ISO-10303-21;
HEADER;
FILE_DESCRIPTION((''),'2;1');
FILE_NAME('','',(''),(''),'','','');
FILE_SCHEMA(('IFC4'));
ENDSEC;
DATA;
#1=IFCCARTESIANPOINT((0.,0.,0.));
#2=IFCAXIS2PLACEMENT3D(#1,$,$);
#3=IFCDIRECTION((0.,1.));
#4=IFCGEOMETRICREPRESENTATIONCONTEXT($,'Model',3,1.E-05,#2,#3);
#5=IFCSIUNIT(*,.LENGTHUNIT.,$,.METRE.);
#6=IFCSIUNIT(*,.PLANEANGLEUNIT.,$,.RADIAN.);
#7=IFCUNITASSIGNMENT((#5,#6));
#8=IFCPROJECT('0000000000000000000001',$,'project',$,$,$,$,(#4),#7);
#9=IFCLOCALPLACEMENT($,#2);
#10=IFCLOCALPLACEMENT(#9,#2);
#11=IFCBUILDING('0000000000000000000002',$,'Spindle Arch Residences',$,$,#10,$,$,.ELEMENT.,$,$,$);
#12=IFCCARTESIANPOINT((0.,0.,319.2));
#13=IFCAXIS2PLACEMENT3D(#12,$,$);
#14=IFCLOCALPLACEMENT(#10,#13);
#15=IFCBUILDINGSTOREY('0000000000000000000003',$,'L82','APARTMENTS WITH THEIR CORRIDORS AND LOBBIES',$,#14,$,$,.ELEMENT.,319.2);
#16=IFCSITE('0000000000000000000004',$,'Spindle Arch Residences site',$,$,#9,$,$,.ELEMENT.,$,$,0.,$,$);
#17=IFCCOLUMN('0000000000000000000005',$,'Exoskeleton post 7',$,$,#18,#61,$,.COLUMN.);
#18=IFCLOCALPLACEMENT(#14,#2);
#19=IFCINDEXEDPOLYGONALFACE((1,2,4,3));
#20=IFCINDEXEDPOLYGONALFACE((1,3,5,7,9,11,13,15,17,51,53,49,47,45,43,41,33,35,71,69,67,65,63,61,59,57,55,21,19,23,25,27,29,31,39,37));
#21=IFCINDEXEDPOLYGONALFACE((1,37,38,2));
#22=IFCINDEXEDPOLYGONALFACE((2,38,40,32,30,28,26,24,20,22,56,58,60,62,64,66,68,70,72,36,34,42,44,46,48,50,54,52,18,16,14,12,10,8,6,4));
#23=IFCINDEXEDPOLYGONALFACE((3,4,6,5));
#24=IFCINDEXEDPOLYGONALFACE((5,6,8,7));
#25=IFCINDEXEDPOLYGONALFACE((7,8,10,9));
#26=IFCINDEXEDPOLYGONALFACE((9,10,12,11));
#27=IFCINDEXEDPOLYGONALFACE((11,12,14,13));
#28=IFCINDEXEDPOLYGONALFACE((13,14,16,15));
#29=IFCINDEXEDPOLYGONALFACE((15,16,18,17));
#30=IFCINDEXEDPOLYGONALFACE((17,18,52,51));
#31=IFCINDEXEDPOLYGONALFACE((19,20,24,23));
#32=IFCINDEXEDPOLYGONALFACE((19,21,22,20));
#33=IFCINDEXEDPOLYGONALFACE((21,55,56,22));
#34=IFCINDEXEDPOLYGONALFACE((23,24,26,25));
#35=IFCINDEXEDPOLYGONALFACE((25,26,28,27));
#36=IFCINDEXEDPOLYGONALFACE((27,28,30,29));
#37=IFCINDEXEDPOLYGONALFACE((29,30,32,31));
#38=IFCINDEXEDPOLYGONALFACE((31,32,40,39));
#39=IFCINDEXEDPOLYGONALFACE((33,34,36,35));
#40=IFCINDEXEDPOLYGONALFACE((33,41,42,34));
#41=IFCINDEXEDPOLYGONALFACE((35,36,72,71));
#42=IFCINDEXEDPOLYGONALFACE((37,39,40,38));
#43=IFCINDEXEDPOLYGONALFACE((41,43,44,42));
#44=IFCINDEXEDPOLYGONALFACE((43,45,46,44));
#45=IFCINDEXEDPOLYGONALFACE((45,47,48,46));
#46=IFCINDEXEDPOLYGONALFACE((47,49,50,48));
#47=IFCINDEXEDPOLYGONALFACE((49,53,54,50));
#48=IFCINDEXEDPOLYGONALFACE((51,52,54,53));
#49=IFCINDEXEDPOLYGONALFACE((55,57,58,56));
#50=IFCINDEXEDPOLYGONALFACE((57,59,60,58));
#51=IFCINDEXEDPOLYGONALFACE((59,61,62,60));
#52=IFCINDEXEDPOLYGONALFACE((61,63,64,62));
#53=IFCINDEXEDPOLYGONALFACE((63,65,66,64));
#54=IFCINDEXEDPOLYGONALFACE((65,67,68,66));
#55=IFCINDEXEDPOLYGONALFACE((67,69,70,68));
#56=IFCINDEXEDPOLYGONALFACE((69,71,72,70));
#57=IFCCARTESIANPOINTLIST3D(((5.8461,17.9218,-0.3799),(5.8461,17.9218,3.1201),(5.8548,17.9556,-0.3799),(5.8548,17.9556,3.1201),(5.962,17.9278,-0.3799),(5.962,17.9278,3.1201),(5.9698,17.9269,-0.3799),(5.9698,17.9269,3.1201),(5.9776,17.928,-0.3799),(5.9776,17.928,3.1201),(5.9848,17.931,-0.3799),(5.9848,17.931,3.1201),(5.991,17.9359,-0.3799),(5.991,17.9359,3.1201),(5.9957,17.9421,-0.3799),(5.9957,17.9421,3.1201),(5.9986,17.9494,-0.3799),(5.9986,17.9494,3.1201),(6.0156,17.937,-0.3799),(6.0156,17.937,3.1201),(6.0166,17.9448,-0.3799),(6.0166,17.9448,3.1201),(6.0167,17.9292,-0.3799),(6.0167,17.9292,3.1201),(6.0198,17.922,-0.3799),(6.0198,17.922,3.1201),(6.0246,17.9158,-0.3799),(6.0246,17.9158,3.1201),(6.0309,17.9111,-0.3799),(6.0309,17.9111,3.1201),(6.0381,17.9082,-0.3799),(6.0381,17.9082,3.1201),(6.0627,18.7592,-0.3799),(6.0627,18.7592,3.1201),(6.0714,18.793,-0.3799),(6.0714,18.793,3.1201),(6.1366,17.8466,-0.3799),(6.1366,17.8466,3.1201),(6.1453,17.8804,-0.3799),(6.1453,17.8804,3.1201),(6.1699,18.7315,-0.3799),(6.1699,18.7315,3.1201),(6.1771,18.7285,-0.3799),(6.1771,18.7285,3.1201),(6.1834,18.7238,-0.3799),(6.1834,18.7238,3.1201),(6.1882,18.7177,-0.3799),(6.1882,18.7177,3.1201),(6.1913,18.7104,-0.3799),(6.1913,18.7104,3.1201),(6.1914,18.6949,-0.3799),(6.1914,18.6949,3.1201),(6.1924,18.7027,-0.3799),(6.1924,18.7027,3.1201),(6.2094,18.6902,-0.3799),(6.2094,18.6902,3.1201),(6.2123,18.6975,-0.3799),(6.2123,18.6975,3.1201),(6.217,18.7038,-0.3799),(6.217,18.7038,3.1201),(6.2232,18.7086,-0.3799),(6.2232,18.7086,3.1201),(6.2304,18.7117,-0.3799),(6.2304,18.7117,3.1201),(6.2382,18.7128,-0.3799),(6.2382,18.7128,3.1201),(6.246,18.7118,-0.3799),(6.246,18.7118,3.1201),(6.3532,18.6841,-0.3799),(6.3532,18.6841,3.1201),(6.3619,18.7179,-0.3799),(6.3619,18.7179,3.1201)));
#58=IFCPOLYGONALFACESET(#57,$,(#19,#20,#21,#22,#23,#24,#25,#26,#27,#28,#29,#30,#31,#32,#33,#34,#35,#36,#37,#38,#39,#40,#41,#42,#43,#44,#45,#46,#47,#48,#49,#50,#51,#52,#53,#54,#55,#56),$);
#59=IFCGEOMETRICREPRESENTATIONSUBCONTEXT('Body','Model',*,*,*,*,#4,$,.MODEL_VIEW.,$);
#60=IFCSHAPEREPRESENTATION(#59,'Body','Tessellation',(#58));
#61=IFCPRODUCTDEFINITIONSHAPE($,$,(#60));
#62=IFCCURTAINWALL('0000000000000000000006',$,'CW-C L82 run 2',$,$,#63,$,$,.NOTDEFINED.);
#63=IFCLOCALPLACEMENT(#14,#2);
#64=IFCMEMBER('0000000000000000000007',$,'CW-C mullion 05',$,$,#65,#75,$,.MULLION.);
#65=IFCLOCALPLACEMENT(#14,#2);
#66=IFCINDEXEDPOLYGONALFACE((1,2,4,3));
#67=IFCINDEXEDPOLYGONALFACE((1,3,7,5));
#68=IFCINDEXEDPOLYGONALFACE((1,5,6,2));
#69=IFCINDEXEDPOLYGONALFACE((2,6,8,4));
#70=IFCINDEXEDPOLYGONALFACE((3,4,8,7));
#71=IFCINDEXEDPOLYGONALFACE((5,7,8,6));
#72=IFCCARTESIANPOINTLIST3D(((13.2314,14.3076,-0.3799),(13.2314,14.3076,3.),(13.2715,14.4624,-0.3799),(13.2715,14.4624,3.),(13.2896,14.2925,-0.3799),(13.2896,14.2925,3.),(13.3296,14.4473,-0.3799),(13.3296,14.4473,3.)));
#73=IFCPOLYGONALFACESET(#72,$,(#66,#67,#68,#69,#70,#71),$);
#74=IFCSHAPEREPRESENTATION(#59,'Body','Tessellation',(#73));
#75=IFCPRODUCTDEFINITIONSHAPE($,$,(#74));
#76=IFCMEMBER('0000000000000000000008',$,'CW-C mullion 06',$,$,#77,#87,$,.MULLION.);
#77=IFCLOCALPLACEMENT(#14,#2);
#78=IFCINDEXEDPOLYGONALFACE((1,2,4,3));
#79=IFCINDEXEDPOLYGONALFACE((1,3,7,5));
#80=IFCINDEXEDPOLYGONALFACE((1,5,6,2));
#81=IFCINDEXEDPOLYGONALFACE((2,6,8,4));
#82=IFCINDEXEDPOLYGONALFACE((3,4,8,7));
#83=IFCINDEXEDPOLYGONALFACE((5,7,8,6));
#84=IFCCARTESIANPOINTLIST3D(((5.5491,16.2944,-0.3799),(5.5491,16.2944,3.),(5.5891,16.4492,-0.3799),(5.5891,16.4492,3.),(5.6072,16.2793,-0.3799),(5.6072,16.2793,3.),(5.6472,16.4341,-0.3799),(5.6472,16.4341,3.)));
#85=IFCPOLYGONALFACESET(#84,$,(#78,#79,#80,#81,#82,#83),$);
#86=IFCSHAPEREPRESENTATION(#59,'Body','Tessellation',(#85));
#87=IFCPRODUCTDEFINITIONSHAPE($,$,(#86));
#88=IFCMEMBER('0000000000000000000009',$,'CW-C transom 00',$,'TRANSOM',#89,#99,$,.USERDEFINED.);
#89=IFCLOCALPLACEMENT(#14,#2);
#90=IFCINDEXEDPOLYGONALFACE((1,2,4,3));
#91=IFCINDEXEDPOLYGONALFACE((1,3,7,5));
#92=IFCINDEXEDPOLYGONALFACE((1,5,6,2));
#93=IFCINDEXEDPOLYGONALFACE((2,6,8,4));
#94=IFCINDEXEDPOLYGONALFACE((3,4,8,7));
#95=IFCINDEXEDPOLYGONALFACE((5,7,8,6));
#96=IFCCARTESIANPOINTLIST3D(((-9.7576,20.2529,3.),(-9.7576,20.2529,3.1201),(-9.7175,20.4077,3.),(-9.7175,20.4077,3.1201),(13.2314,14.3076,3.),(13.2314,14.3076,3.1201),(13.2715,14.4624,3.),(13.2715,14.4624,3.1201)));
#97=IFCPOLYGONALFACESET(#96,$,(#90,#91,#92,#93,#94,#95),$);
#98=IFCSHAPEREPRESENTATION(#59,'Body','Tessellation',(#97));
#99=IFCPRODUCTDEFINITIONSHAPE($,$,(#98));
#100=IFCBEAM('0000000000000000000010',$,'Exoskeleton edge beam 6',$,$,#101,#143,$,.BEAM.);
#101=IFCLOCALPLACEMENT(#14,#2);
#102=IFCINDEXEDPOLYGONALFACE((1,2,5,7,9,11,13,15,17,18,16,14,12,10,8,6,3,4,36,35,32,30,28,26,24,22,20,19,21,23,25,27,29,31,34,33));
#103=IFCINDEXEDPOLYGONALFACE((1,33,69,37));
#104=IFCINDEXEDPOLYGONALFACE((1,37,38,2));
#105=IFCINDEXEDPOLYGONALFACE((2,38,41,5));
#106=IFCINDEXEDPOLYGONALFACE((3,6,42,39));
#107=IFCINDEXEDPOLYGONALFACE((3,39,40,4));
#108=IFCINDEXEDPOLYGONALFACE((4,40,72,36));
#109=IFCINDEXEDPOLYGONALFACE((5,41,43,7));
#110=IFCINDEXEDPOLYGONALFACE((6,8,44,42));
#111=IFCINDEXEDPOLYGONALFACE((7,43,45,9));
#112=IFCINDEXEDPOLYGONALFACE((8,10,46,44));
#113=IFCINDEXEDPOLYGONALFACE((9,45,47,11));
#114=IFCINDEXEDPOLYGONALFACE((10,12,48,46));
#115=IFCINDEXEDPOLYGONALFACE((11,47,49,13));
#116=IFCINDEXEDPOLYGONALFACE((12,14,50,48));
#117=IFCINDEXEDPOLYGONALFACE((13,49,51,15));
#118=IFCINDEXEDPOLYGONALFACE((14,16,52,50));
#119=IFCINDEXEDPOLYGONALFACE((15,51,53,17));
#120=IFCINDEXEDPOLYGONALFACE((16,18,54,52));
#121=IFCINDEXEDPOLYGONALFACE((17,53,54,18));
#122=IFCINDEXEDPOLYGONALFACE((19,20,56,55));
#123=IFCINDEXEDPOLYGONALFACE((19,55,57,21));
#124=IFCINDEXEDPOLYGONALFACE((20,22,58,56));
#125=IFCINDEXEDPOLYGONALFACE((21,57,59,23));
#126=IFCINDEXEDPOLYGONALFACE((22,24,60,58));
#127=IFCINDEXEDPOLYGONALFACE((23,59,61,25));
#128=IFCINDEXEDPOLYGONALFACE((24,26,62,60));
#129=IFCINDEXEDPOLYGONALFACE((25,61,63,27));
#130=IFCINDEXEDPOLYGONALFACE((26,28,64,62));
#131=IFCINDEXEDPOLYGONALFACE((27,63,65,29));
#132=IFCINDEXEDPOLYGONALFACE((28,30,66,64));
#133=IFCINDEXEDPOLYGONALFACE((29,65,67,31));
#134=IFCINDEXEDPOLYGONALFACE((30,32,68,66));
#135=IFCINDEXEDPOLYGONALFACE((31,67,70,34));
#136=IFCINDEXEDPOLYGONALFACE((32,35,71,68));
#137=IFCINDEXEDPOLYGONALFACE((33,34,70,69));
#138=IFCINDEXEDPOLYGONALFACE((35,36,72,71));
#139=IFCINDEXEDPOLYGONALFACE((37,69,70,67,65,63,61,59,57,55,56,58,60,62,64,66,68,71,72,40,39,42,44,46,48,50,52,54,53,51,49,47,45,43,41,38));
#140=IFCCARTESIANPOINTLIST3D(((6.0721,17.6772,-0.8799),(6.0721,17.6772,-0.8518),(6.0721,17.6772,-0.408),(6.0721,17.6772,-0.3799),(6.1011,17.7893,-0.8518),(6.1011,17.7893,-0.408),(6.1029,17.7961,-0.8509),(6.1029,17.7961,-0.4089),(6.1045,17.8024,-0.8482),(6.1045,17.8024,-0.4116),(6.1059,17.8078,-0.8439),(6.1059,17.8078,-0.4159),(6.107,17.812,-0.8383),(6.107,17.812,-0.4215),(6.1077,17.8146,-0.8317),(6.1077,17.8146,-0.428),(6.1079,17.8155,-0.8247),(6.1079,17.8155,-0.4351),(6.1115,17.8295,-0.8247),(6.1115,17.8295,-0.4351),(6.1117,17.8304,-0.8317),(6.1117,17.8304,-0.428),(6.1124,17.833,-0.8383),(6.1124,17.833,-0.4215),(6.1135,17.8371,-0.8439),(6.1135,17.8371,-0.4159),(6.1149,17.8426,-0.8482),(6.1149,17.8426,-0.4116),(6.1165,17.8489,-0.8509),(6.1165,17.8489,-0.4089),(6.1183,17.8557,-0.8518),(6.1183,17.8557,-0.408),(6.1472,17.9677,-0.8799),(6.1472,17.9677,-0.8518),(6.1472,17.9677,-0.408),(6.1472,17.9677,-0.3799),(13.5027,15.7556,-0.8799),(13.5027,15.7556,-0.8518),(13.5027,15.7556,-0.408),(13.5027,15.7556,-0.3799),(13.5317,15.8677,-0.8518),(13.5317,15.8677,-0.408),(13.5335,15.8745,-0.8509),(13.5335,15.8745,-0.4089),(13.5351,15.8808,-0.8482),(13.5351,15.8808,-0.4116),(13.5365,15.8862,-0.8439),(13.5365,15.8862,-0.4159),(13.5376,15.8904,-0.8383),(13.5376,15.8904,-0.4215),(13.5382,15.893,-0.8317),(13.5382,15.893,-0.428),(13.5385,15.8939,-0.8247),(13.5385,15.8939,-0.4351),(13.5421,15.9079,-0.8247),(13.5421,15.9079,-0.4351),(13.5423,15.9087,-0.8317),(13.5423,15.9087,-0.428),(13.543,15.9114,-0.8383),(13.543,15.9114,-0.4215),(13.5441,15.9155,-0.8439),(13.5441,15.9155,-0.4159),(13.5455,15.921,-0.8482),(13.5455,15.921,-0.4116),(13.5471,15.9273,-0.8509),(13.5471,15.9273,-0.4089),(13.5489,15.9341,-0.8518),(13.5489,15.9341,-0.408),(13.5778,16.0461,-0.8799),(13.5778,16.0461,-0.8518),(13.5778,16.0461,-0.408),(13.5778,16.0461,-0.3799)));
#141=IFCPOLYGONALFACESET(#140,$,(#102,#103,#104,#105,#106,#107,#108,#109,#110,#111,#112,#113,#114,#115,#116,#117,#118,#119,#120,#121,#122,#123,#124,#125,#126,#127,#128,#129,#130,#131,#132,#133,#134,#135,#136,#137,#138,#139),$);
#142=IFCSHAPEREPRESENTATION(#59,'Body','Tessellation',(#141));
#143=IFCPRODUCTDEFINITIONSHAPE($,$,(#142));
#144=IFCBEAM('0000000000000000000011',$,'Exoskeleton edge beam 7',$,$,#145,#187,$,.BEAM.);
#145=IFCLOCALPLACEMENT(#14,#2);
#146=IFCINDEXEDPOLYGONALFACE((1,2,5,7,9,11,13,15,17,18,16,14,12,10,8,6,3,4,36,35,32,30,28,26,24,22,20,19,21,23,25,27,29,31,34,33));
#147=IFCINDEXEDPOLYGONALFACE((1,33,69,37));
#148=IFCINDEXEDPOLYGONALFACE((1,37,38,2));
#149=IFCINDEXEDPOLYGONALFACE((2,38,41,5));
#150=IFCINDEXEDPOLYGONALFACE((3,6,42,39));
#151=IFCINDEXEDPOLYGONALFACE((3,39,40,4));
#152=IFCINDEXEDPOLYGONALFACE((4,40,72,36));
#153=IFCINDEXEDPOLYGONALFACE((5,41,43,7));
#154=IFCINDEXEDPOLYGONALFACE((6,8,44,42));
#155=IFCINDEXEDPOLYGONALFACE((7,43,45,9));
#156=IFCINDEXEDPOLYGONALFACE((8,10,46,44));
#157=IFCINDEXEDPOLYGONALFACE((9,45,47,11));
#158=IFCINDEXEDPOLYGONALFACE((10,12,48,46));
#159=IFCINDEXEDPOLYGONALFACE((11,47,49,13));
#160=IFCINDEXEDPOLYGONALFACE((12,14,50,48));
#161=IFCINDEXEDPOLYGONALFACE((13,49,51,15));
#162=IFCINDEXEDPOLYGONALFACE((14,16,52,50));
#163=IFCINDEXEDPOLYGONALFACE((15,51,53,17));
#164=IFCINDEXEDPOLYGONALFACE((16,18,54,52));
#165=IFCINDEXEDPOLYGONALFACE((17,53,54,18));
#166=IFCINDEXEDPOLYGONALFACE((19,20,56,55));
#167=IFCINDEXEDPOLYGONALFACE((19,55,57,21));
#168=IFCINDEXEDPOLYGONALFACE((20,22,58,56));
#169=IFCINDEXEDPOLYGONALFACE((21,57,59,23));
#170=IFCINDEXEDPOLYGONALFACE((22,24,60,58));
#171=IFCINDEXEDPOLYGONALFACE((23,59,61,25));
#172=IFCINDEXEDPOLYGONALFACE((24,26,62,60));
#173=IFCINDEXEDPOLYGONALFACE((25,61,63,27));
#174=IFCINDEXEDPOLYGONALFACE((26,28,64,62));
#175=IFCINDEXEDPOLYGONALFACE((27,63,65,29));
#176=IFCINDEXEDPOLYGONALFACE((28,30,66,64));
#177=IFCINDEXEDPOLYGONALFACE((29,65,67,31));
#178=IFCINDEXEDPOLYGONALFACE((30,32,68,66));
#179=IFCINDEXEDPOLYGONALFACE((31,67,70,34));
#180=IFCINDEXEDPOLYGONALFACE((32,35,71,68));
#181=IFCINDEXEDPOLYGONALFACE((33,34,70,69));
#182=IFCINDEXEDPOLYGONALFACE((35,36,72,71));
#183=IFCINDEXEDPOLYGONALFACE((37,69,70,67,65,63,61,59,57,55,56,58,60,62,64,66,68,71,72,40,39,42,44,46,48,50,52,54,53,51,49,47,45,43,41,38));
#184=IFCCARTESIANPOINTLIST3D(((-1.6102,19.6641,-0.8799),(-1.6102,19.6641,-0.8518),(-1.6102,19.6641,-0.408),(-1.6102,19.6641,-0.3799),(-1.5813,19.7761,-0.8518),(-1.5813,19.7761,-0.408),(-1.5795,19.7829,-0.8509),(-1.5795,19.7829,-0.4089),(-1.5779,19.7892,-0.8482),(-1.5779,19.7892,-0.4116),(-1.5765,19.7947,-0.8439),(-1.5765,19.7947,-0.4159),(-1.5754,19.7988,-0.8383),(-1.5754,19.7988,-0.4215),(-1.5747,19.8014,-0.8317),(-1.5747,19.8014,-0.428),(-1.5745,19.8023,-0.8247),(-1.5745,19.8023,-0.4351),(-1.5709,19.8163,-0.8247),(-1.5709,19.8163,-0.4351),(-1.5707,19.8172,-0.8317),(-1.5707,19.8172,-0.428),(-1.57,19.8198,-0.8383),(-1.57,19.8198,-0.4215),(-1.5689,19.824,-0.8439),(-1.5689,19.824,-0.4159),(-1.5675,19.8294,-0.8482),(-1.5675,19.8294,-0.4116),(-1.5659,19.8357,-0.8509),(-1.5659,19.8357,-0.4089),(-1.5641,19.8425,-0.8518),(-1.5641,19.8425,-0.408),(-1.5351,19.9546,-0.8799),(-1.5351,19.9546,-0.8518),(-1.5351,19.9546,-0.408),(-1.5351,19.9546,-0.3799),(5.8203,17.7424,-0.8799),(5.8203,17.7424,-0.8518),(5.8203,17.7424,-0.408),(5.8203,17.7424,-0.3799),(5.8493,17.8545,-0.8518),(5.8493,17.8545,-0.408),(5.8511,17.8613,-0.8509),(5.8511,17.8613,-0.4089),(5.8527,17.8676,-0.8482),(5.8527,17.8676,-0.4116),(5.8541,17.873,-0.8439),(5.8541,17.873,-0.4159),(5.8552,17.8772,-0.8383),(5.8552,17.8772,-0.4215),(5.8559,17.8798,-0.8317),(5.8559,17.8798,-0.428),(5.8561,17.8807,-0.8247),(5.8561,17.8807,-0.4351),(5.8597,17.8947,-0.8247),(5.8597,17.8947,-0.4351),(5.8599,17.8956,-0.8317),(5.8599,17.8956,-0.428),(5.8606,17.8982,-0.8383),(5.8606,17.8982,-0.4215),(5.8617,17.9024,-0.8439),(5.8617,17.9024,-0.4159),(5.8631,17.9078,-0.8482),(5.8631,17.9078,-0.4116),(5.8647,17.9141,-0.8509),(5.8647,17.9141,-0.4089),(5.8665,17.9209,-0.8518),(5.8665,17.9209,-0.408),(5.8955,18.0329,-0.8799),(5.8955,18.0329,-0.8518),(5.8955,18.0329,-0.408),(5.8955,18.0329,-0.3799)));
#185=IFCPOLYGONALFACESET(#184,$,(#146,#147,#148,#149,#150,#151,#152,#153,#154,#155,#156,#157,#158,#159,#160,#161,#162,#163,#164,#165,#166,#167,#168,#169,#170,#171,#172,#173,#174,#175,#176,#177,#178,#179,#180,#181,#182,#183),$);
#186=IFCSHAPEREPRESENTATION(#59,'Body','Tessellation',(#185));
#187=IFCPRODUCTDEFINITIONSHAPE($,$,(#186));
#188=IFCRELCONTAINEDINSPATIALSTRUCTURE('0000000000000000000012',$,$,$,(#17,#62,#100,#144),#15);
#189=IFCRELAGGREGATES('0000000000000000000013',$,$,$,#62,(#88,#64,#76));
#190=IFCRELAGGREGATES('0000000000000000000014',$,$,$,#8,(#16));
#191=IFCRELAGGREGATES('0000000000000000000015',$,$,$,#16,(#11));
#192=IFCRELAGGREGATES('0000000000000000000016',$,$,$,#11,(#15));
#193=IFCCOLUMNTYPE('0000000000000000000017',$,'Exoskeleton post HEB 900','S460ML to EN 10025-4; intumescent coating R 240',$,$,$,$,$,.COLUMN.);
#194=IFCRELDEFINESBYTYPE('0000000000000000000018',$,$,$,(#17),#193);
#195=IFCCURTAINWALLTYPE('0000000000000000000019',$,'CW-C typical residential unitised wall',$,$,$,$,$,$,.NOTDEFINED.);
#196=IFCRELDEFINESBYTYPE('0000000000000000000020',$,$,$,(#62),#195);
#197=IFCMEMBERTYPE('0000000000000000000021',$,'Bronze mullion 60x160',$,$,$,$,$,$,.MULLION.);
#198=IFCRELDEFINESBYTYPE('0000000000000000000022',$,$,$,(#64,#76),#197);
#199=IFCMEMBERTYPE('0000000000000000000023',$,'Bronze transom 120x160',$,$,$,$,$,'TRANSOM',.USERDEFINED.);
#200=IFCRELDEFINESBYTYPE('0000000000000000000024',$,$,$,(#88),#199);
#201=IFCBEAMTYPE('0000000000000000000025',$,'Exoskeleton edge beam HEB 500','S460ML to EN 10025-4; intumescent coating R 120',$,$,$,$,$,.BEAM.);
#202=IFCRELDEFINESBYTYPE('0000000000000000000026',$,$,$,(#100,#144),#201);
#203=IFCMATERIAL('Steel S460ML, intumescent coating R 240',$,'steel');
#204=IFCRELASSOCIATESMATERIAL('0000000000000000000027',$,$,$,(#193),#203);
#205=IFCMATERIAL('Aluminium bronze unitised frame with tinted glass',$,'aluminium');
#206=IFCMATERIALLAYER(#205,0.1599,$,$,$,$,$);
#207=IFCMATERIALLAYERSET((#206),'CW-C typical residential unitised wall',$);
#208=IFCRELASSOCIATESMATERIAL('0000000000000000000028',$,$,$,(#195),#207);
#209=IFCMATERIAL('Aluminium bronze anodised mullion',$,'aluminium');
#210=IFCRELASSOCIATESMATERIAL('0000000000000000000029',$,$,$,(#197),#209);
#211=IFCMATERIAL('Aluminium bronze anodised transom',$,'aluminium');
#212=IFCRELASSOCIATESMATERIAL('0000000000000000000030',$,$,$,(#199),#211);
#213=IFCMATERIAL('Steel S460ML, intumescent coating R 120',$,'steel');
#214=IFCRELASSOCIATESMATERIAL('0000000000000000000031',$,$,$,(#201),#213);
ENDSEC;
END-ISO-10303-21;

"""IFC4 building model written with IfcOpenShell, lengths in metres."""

from ifc_helpers import new_model, si_unit, direction, frame, origin, origin_2d, place, context, subcontext, project, spatial, rectangle, i_section, extrude, material, layer, layer_set, material_profile, profile_set, type_object, element, aggregate, save


model = new_model("IFC4")

# Units and contexts
model_context = context("Model", 3, precision=1e-05, world=origin(), true_north=direction((0.0, 1.0)))
body_context = subcontext(model_context, "Body", "Model", "MODEL_VIEW")
ifc_project = project(units=[si_unit("LENGTHUNIT", "METRE"), si_unit("PLANEANGLEUNIT", "RADIAN")], contexts=[model_context])

# Site, building, storey
site_placement = place(None, origin())
site = spatial("IfcSite", under=ifc_project, at=site_placement, Name="Spindle Arch Residences site", CompositionType="ELEMENT", RefElevation=0.0)
building_placement = place(site_placement, origin())
building = spatial("IfcBuilding", under=site, at=building_placement, Name="Spindle Arch Residences", CompositionType="ELEMENT")
storey_placement = place(building_placement, frame((0.0, 0.0, 319.2)))
storey = spatial("IfcBuildingStorey", under=building, at=storey_placement, Name="L82", Description="APARTMENTS WITH THEIR CORRIDORS AND LOBBIES", CompositionType="ELEMENT", Elevation=319.2)

# Column
ifc_material_1 = material(Name="Steel S460ML, intumescent coating R 240", Category="steel")
ifc_material_profile_1 = material_profile(ifc_material_1, i_section(OverallWidth=0.3, OverallDepth=0.8999, WebThickness=0.0186, FlangeThickness=0.0349, FilletRadius=0.03, at=origin_2d()), Name="HEB 900")
ifc_profile_set_1 = profile_set([ifc_material_profile_1], Name="Steel S460ML, intumescent coating R 240")
column_type = type_object("IfcColumnType", Name="Exoskeleton post HEB 900", Description="S460ML to EN 10025-4; intumescent coating R 240", PredefinedType="COLUMN", material=ifc_profile_set_1)
column_placement = place(storey_placement, frame((6.104, 18.3198, -0.3799), z_axis=(0.0, 0.0, 1.0), x_axis=(0.968148, -0.25038, 0.0)))
element("IfcColumn", 1, at=column_placement, inside=storey, type_object=column_type, Name="Exoskeleton post 7", PredefinedType="COLUMN", context=body_context, shape_type="SweptSolid", body=[
    extrude(i_section(OverallWidth=0.3, OverallDepth=0.8999, WebThickness=0.0186, FlangeThickness=0.0349, FilletRadius=0.03, at=origin_2d()), origin(), (0.0, 0.0, 1.0), 3.5),
])

# Curtain wall, members
ifc_material_2 = material(Name="Aluminium bronze unitised frame with tinted glass", Category="aluminium")
ifc_layer_1 = layer(ifc_material_2, 0.1599)
ifc_layer_set_1 = layer_set([ifc_layer_1], Name="CW-C typical residential unitised wall")
curtain_wall_type = type_object("IfcCurtainWallType", Name="CW-C typical residential unitised wall", PredefinedType="NOTDEFINED", material=ifc_layer_set_1)
curtain_wall_placement = place(storey_placement, origin())
curtain_wall = element("IfcCurtainWall", 2, at=curtain_wall_placement, inside=storey, type_object=curtain_wall_type, Name="CW-C L82 run 2", PredefinedType="NOTDEFINED")
ifc_material_3 = material(Name="Aluminium bronze anodised mullion", Category="aluminium")
ifc_material_profile_2 = material_profile(ifc_material_3, rectangle(XDim=0.1599, YDim=0.0601, at=origin_2d()), Name="MU 60x160")
ifc_profile_set_2 = profile_set([ifc_material_profile_2], Name="Aluminium bronze anodised mullion")
member_type_1 = type_object("IfcMemberType", Name="Bronze mullion 60x160", PredefinedType="MULLION", material=ifc_profile_set_2)
member_1_placement = place(storey_placement, frame((13.2805, 14.3774, -0.3799), z_axis=(0.0, 0.0, 1.0), x_axis=(-0.25038, -0.968148, 0.0)))
member_1 = element("IfcMember", 3, at=member_1_placement, type_object=member_type_1, Name="CW-C mullion 05", PredefinedType="MULLION", context=body_context, shape_type="SweptSolid", body=[
    extrude(rectangle(XDim=0.1599, YDim=0.0601, at=origin_2d()), origin(), (0.0, 0.0, 1.0), 3.3799),
])
member_2_placement = place(storey_placement, frame((5.5981, 16.3643, -0.3799), z_axis=(0.0, 0.0, 1.0), x_axis=(-0.25038, -0.968148, 0.0)))
member_2 = element("IfcMember", 4, at=member_2_placement, type_object=member_type_1, Name="CW-C mullion 06", PredefinedType="MULLION", context=body_context, shape_type="SweptSolid", body=[
    extrude(rectangle(XDim=0.1599, YDim=0.0601, at=origin_2d()), origin(), (0.0, 0.0, 1.0), 3.3799),
])
ifc_material_4 = material(Name="Aluminium bronze anodised transom", Category="aluminium")
ifc_material_profile_3 = material_profile(ifc_material_4, rectangle(XDim=0.1599, YDim=0.1201, at=origin_2d()), Name="TR 120x160")
ifc_profile_set_3 = profile_set([ifc_material_profile_3], Name="Aluminium bronze anodised transom")
member_type_2 = type_object("IfcMemberType", Name="Bronze transom 120x160", ElementType="TRANSOM", PredefinedType="USERDEFINED", material=ifc_profile_set_3)
member_3_placement = place(storey_placement, frame((13.2515, 14.385, 3.0601), z_axis=(-0.968148, 0.250378, 0.0), x_axis=(-0.250378, -0.968148, 0.0)))
member_3 = element("IfcMember", 5, at=member_3_placement, type_object=member_type_2, Name="CW-C transom 00", ObjectType="TRANSOM", PredefinedType="USERDEFINED", context=body_context, shape_type="SweptSolid", body=[
    extrude(rectangle(XDim=0.1599, YDim=0.1201, at=origin_2d()), origin(), (0.0, 0.0, 1.0), 23.7454),
])

# Beams
ifc_material_5 = material(Name="Steel S460ML, intumescent coating R 120", Category="steel")
ifc_material_profile_4 = material_profile(ifc_material_5, i_section(OverallWidth=0.3, OverallDepth=0.5, WebThickness=0.0144, FlangeThickness=0.0281, FilletRadius=0.0271, at=origin_2d()), Name="HEB 500")
ifc_profile_set_4 = profile_set([ifc_material_profile_4], Name="Steel S460ML, intumescent coating R 120")
beam_type_1 = type_object("IfcBeamType", Name="Exoskeleton edge beam HEB 500", Description="S460ML to EN 10025-4; intumescent coating R 120", PredefinedType="BEAM", material=ifc_profile_set_4)
for number, where, z_axis, x_axis, name in (
    (6, (13.5403, 15.9009, -0.6299), (-0.96815, 0.250372, 0.0), (-0.250372, -0.96815, 0.0), "Exoskeleton edge beam 6"),
    (7, (5.8579, 17.8877, -0.6299), (-0.96815, 0.250372, 0.0), (-0.250372, -0.96815, 0.0), "Exoskeleton edge beam 7"),
):
    element("IfcBeam", number, at=place(storey_placement, frame(where, z_axis=z_axis, x_axis=x_axis)), inside=storey, type_object=beam_type_1, Name=name, PredefinedType="BEAM", context=body_context, shape_type="SweptSolid", body=[
        extrude(i_section(OverallWidth=0.3, OverallDepth=0.5, WebThickness=0.0144, FlangeThickness=0.0281, FilletRadius=0.0271, at=origin_2d()), origin(), (0.0, 0.0, 1.0), 7.675),
    ])

aggregate(curtain_wall, [member_3, member_1, member_2])

save(model, "model.ifc")
